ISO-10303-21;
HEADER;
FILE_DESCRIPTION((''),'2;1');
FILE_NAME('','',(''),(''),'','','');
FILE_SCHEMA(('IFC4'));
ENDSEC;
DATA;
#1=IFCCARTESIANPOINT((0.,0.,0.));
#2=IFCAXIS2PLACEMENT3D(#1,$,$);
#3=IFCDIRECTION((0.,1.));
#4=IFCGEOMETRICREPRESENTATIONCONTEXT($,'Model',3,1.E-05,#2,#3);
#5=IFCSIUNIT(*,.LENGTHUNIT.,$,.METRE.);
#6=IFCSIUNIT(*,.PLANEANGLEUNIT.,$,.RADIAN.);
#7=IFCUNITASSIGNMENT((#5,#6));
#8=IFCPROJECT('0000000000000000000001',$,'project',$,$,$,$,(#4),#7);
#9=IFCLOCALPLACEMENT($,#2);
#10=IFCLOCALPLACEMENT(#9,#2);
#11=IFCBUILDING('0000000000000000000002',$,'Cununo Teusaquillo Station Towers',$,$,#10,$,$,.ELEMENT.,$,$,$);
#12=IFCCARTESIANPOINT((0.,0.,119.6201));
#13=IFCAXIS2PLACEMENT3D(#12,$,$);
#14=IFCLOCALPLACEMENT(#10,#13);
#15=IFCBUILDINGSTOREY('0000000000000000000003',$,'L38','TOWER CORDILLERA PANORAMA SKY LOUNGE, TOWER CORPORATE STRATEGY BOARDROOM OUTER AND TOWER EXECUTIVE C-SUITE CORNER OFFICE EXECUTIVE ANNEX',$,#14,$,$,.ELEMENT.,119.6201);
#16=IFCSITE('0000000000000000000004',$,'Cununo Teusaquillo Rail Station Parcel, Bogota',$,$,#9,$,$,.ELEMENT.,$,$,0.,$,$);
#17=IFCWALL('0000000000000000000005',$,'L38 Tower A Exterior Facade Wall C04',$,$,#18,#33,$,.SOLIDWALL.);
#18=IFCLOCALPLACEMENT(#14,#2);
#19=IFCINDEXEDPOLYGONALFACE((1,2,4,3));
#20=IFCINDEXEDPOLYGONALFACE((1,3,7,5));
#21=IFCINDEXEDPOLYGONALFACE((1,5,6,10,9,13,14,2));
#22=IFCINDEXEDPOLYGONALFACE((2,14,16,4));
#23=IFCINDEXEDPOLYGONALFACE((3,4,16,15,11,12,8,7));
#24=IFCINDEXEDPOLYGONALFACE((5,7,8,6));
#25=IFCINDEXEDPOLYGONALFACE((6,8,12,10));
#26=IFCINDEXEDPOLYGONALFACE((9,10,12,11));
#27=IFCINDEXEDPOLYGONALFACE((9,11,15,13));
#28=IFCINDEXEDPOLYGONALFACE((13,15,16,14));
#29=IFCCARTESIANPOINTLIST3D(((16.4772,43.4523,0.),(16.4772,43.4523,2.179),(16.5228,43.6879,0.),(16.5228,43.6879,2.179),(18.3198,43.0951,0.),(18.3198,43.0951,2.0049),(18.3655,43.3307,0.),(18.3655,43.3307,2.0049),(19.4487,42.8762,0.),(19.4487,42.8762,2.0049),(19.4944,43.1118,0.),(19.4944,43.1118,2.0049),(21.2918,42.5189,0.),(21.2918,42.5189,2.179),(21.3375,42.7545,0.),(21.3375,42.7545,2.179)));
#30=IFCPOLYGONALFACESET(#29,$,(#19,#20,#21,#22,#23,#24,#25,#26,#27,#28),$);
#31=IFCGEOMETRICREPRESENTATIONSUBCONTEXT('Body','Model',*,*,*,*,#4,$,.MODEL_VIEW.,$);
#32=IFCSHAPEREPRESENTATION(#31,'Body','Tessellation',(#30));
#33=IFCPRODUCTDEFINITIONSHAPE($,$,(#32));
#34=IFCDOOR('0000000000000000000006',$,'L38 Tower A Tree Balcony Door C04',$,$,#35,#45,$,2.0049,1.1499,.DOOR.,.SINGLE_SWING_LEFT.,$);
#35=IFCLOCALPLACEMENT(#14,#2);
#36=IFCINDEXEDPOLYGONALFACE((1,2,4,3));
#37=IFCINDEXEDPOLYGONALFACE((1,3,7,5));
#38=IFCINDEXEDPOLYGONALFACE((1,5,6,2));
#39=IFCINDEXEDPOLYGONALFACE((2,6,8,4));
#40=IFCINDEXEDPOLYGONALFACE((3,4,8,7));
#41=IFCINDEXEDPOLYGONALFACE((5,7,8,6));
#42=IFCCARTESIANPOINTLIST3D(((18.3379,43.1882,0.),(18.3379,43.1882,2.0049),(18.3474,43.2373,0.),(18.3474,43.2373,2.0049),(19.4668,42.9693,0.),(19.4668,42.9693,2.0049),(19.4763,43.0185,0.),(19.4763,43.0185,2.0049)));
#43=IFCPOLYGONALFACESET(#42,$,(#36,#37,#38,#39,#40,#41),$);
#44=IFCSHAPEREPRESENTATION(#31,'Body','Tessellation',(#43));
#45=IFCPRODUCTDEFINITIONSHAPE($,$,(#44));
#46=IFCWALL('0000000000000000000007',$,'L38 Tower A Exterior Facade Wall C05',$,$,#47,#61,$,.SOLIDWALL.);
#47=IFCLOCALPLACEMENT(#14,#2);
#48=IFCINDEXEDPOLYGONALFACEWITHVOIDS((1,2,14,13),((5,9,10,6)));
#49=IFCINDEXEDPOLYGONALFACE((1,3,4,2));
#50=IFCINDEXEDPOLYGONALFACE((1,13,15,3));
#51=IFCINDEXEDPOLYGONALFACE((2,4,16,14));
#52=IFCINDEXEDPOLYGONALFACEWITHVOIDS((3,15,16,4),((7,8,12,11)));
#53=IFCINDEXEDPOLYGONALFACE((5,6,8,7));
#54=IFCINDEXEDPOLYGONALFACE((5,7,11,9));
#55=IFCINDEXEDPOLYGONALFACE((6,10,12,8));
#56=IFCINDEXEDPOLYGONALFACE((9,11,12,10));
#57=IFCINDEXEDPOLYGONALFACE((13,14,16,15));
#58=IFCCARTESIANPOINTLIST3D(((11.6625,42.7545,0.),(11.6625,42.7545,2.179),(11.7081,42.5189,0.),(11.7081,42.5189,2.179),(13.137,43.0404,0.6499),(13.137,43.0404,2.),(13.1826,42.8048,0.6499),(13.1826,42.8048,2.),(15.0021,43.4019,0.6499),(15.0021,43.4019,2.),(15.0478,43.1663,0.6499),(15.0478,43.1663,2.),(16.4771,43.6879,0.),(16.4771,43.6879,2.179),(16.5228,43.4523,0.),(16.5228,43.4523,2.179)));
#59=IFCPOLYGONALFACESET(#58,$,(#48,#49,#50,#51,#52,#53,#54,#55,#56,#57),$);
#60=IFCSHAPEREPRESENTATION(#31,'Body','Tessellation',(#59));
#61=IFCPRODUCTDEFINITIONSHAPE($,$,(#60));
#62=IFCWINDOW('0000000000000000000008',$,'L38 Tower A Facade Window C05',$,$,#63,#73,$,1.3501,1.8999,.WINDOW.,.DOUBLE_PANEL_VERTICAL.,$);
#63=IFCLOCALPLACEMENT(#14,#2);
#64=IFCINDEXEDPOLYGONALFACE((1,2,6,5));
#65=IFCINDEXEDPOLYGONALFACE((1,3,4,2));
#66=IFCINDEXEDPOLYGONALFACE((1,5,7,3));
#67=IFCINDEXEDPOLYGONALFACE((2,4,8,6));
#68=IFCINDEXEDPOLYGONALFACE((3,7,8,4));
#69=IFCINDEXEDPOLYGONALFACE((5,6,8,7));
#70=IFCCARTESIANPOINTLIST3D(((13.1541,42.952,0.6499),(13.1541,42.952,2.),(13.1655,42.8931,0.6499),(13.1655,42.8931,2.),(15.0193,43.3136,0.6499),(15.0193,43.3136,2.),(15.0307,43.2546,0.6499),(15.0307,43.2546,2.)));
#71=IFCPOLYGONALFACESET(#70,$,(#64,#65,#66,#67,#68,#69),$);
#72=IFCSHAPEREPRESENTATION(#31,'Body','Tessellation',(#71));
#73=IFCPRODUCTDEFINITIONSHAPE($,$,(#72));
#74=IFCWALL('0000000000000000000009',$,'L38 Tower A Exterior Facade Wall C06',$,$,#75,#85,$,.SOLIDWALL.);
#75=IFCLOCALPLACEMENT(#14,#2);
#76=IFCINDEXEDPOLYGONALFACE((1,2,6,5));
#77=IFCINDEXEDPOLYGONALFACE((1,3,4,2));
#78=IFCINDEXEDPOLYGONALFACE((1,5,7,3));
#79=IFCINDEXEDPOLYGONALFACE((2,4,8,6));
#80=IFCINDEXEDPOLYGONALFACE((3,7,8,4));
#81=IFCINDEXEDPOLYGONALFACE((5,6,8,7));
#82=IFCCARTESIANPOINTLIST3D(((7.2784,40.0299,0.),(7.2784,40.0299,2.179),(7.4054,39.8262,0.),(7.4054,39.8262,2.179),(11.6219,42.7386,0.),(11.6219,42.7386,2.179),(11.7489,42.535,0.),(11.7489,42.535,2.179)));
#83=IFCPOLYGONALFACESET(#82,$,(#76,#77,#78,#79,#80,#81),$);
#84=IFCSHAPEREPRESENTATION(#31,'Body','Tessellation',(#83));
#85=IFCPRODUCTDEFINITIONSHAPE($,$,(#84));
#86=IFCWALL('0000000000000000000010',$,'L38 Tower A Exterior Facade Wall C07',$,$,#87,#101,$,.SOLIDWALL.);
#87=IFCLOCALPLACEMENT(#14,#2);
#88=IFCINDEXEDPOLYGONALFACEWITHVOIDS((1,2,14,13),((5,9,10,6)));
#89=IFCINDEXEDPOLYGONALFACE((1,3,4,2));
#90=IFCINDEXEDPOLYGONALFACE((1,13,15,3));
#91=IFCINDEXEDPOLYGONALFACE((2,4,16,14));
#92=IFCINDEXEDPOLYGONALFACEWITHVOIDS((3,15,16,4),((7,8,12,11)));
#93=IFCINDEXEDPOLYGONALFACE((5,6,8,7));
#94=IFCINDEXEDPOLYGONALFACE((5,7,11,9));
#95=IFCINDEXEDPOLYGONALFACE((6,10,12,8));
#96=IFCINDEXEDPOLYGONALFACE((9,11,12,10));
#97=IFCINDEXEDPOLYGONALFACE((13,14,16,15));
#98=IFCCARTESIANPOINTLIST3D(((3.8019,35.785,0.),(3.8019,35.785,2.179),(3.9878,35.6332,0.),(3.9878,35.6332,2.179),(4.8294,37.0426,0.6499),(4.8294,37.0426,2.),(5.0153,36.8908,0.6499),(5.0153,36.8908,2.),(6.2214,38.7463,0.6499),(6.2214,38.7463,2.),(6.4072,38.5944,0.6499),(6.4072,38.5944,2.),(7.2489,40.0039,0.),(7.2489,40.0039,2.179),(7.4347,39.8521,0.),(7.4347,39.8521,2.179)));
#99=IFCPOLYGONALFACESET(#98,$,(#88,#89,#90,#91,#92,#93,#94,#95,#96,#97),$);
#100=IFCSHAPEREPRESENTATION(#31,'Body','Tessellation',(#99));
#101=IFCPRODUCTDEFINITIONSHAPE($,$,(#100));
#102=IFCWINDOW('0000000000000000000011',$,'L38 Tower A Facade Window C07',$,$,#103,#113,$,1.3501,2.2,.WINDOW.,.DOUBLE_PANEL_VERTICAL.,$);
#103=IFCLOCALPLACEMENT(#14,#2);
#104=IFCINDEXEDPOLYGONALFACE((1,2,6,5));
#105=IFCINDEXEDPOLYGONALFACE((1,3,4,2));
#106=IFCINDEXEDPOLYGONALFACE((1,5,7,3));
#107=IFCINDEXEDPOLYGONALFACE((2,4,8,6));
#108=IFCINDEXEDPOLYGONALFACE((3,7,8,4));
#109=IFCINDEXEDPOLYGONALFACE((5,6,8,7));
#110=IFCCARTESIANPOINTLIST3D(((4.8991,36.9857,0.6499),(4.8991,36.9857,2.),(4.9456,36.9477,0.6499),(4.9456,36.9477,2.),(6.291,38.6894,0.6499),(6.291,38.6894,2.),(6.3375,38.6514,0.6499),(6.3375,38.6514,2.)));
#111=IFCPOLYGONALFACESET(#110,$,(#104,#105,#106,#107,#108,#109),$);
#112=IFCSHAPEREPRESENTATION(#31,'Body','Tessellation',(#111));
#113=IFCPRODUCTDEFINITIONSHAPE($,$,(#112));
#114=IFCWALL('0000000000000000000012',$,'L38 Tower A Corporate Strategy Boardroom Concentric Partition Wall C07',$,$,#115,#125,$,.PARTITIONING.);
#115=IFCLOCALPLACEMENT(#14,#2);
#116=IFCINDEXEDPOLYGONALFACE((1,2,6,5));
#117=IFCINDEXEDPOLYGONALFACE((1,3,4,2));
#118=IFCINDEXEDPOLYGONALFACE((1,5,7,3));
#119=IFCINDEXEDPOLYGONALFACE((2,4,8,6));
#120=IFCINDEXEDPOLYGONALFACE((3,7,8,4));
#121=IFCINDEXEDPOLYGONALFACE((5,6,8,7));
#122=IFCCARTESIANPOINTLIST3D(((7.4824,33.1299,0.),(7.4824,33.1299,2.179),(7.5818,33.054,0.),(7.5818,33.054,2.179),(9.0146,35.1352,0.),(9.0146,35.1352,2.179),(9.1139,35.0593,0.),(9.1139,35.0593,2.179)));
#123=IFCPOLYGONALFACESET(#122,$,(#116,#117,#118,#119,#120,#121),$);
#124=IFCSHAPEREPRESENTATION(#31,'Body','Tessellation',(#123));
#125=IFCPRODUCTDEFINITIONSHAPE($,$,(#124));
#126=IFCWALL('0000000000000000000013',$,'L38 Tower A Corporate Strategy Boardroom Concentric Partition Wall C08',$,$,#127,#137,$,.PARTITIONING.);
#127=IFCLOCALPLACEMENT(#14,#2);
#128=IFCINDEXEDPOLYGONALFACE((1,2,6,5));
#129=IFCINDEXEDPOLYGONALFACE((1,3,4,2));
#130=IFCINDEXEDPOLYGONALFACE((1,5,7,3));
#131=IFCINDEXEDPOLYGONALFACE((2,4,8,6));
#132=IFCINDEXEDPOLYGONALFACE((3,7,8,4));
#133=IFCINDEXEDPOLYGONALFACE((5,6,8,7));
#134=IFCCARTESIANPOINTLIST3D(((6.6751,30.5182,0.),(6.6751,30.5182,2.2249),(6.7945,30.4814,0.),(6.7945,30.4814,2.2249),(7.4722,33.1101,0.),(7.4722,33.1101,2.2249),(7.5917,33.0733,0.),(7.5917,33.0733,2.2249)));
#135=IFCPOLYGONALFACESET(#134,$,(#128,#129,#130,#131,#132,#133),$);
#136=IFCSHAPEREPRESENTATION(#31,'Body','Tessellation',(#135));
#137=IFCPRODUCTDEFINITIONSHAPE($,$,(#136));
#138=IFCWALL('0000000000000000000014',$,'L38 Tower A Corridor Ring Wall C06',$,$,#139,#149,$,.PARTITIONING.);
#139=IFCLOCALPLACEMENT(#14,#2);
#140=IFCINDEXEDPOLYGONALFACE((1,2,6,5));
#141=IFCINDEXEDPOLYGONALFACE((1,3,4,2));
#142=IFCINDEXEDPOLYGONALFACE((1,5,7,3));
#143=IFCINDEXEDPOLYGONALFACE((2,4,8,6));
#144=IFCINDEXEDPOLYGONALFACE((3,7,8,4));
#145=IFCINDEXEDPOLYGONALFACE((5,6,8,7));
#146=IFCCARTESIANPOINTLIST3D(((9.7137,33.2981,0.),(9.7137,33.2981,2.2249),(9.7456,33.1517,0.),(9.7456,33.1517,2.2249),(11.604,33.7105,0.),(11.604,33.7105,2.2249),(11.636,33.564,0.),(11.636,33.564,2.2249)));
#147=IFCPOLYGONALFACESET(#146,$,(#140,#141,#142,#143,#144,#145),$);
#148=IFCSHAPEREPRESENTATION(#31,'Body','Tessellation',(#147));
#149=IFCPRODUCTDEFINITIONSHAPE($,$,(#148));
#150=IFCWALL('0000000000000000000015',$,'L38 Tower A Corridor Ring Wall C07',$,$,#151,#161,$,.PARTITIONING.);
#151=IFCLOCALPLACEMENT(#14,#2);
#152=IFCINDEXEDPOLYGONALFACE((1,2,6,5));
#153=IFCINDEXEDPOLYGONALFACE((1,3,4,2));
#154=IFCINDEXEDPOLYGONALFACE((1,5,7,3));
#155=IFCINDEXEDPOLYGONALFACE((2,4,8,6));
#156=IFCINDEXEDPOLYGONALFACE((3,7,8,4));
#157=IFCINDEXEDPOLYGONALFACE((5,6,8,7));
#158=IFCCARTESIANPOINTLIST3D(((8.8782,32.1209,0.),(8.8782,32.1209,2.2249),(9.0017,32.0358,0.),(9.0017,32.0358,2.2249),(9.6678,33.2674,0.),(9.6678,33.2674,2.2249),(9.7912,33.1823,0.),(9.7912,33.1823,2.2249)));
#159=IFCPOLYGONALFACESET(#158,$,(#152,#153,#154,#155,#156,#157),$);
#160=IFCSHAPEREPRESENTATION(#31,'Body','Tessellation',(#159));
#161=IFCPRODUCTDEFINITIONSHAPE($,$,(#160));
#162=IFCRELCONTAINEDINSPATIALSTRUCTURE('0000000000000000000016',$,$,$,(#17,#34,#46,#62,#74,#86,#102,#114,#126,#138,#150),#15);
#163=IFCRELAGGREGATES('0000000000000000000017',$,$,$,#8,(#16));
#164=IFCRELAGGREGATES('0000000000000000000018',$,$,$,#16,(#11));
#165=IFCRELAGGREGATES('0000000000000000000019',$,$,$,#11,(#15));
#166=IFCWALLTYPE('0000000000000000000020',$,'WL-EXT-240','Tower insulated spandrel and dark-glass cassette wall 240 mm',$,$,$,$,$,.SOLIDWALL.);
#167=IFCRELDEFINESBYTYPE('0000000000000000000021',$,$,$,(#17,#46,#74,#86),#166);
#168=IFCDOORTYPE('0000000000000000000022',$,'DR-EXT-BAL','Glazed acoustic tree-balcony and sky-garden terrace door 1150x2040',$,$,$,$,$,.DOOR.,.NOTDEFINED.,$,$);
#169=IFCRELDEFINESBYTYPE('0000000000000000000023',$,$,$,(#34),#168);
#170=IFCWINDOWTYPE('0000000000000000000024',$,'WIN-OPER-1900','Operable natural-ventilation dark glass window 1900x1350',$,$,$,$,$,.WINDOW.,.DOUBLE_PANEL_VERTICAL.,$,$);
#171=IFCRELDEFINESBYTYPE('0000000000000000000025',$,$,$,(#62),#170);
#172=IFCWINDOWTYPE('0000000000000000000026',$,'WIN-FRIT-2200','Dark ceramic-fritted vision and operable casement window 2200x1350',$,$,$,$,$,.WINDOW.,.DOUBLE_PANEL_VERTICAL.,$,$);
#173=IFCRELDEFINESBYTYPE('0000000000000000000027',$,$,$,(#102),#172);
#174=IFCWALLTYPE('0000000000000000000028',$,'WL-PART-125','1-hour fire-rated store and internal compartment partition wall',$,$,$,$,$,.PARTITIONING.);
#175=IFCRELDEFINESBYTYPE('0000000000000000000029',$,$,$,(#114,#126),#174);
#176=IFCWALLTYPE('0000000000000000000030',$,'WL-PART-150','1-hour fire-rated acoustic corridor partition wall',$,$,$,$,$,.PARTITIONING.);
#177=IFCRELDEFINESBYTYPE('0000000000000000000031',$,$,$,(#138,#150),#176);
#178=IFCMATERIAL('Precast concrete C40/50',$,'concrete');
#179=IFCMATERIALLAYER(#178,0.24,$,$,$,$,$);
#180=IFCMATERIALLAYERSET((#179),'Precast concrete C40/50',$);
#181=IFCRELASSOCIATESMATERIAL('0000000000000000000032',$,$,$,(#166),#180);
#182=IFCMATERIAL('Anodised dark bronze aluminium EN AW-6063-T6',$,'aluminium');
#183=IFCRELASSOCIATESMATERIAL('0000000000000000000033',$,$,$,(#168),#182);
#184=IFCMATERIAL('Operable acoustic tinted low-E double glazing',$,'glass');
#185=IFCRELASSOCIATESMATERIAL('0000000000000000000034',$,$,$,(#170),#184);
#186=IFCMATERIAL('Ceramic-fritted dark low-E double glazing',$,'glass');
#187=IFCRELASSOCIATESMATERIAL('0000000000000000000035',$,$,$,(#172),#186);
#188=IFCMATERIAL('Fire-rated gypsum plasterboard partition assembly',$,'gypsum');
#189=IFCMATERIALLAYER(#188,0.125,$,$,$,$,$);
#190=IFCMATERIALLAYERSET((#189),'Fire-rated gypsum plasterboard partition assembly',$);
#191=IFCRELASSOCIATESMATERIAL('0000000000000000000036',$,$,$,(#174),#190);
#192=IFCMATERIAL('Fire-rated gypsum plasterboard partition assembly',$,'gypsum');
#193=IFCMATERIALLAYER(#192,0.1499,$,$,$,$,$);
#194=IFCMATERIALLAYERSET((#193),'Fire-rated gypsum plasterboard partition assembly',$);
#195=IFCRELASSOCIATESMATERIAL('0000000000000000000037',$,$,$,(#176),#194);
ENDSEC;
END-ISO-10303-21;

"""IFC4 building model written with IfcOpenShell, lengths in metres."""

from ifc_helpers import new_model, si_unit, direction, frame, frame_2d, origin, place, context, subcontext, project, spatial, rectangle, extrude, source, transform, mapped, material, layer, layer_set, type_object, element, fill, save


model = new_model("IFC4")

# Units and contexts
model_context = context("Model", 3, precision=1e-05, world=origin(), true_north=direction((0.0, 1.0)))
body_context = subcontext(model_context, "Body", "Model", "MODEL_VIEW")
ifc_project = project(units=[si_unit("LENGTHUNIT", "METRE"), si_unit("PLANEANGLEUNIT", "RADIAN")], contexts=[model_context])

# Site, building, storey
site_placement = place(None, origin())
site = spatial("IfcSite", under=ifc_project, at=site_placement, Name="Cununo Teusaquillo Rail Station Parcel, Bogota", CompositionType="ELEMENT", RefElevation=0.0)
building_placement = place(site_placement, origin())
building = spatial("IfcBuilding", under=site, at=building_placement, Name="Cununo Teusaquillo Station Towers", CompositionType="ELEMENT")
storey_placement = place(building_placement, frame((0.0, 0.0, 119.6201)))
storey = spatial("IfcBuildingStorey", under=building, at=storey_placement, Name="L38", Description="TOWER CORDILLERA PANORAMA SKY LOUNGE, TOWER CORPORATE STRATEGY BOARDROOM OUTER AND TOWER EXECUTIVE C-SUITE CORNER OFFICE EXECUTIVE ANNEX", CompositionType="ELEMENT", Elevation=119.6201)

# Wall, opening, door
ifc_material_1 = material(Name="Precast concrete C40/50", Category="concrete")
ifc_layer_1 = layer(ifc_material_1, 0.24)
ifc_layer_set_1 = layer_set([ifc_layer_1], Name="Precast concrete C40/50")
wall_type_1 = type_object("IfcWallType", Name="WL-EXT-240", Description="Tower insulated spandrel and dark-glass cassette wall 240 mm", PredefinedType="SOLIDWALL", material=ifc_layer_set_1)
wall_1_placement = place(storey_placement, frame((16.5, 43.5701, 0.0), z_axis=(0.0, 0.0, 1.0), x_axis=(0.981724, -0.190311, 0.0)))
wall_1 = element("IfcWall", 1, at=wall_1_placement, inside=storey, type_object=wall_type_1, Name="L38 Tower A Exterior Facade Wall C04", PredefinedType="SOLIDWALL", context=body_context, shape_type="SweptSolid", body=[
    extrude(rectangle(XDim=4.9043, YDim=0.24, at=frame_2d((2.4521, 0.0))), origin(), (0.0, 0.0, 1.0), 2.179),
])
shared_shape_1 = source(origin(), body_context, "Body", "SweptSolid", [
    extrude(rectangle(XDim=1.1499, YDim=2.0049, at=frame_2d((0.575, 1.0024))), frame((0.0, 0.1299, 0.0), z_axis=(0.0, -1.0, 0.0), x_axis=(1.0, 0.0, 0.0)), (0.0, 0.0, 1.0), 0.26),
])
opening_1_placement = place(wall_1_placement, frame((1.877, 0.0, 0.0)))
opening_1 = element("IfcOpeningElement", 2, at=opening_1_placement, cuts=wall_1, PredefinedType="OPENING", context=body_context, shape_type="MappedRepresentation", body=[
    mapped(shared_shape_1, transform((0.0, 0.0, 0.0), x_axis=(1.0, 0.0, 0.0), y_axis=(0.0, 1.0, 0.0), z_axis=(0.0, 0.0, 1.0), scale=1.0)),
])
ifc_material_2 = material(Name="Anodised dark bronze aluminium EN AW-6063-T6", Category="aluminium")
door_type = type_object("IfcDoorType", Name="DR-EXT-BAL", Description="Glazed acoustic tree-balcony and sky-garden terrace door 1150x2040", OperationType="NOTDEFINED", PredefinedType="DOOR", material=ifc_material_2)
shared_shape_2 = source(origin(), body_context, "Body", "SweptSolid", [
    extrude(rectangle(XDim=1.1499, YDim=2.0049, at=frame_2d((0.575, 1.0024))), frame((0.0, 0.0249, 0.0), z_axis=(0.0, -1.0, 0.0), x_axis=(1.0, 0.0, 0.0)), (0.0, 0.0, 1.0), 0.05),
])
door_placement = place(opening_1_placement, origin())
door = element("IfcDoor", 3, at=door_placement, inside=storey, type_object=door_type, Name="L38 Tower A Tree Balcony Door C04", OperationType="SINGLE_SWING_LEFT", OverallHeight=2.0049, OverallWidth=1.1499, PredefinedType="DOOR", context=body_context, shape_type="MappedRepresentation", body=[
    mapped(shared_shape_2, transform((0.0, 0.0, 0.0), x_axis=(1.0, 0.0, 0.0), y_axis=(0.0, 1.0, 0.0), z_axis=(0.0, 0.0, 1.0), scale=1.0)),
])
fill(opening_1, door)

# Wall, opening, window
wall_2_placement = place(storey_placement, frame((11.6853, 42.6367, 0.0), z_axis=(0.0, 0.0, 1.0), x_axis=(0.981724, 0.190311, 0.0)))
wall_2 = element("IfcWall", 4, at=wall_2_placement, inside=storey, type_object=wall_type_1, Name="L38 Tower A Exterior Facade Wall C05", PredefinedType="SOLIDWALL", context=body_context, shape_type="SweptSolid", body=[
    extrude(rectangle(XDim=4.9043, YDim=0.24, at=frame_2d((2.4521, 0.0))), origin(), (0.0, 0.0, 1.0), 2.179),
])
shared_shape_3 = source(origin(), body_context, "Body", "SweptSolid", [
    extrude(rectangle(XDim=1.8999, YDim=1.3501, at=frame_2d((0.95, 0.675))), frame((0.0, 0.1299, 0.0), z_axis=(0.0, -1.0, 0.0), x_axis=(1.0, 0.0, 0.0)), (0.0, 0.0, 1.0), 0.26),
])
opening_2_placement = place(wall_2_placement, frame((1.502, 0.0, 0.6499)))
opening_2 = element("IfcOpeningElement", 5, at=opening_2_placement, cuts=wall_2, PredefinedType="OPENING", context=body_context, shape_type="MappedRepresentation", body=[
    mapped(shared_shape_3, transform((0.0, 0.0, 0.0), x_axis=(1.0, 0.0, 0.0), y_axis=(0.0, 1.0, 0.0), z_axis=(0.0, 0.0, 1.0), scale=1.0)),
])
ifc_material_3 = material(Name="Operable acoustic tinted low-E double glazing", Category="glass")
window_type_1 = type_object("IfcWindowType", Name="WIN-OPER-1900", Description="Operable natural-ventilation dark glass window 1900x1350", PartitioningType="DOUBLE_PANEL_VERTICAL", PredefinedType="WINDOW", material=ifc_material_3)
shared_shape_4 = source(origin(), body_context, "Body", "SweptSolid", [
    extrude(rectangle(XDim=1.8999, YDim=1.3501, at=frame_2d((0.95, 0.675))), frame((0.0, 0.03, 0.0), z_axis=(0.0, -1.0, 0.0), x_axis=(1.0, 0.0, 0.0)), (0.0, 0.0, 1.0), 0.0601),
])
window_1_placement = place(opening_2_placement, origin())
window_1 = element("IfcWindow", 6, at=window_1_placement, inside=storey, type_object=window_type_1, Name="L38 Tower A Facade Window C05", OverallHeight=1.3501, OverallWidth=1.8999, PartitioningType="DOUBLE_PANEL_VERTICAL", PredefinedType="WINDOW", context=body_context, shape_type="MappedRepresentation", body=[
    mapped(shared_shape_4, transform((0.0, 0.0, 0.0), x_axis=(1.0, 0.0, 0.0), y_axis=(0.0, 1.0, 0.0), z_axis=(0.0, 0.0, 1.0), scale=1.0)),
])
fill(opening_2, window_1)

# Wall
wall_3_placement = place(storey_placement, frame((7.3418, 39.928, 0.0), z_axis=(0.0, 0.0, 1.0), x_axis=(0.84852, 0.529163, 0.0)))
element("IfcWall", 7, at=wall_3_placement, inside=storey, type_object=wall_type_1, Name="L38 Tower A Exterior Facade Wall C06", PredefinedType="SOLIDWALL", context=body_context, shape_type="SweptSolid", body=[
    extrude(rectangle(XDim=5.1189, YDim=0.24, at=frame_2d((2.5596, 0.0))), origin(), (0.0, 0.0, 1.0), 2.179),
])

# Wall, opening, window
wall_4_placement = place(storey_placement, frame((3.8948, 35.709, 0.0), z_axis=(0.0, 0.0, 1.0), x_axis=(0.632701, 0.774396, 0.0)))
wall_4 = element("IfcWall", 8, at=wall_4_placement, inside=storey, type_object=wall_type_1, Name="L38 Tower A Exterior Facade Wall C07", PredefinedType="SOLIDWALL", context=body_context, shape_type="SweptSolid", body=[
    extrude(rectangle(XDim=5.448, YDim=0.24, at=frame_2d((2.7241, 0.0))), origin(), (0.0, 0.0, 1.0), 2.179),
])
shared_shape_5 = source(origin(), body_context, "Body", "SweptSolid", [
    extrude(rectangle(XDim=2.2, YDim=1.3501, at=frame_2d((1.1001, 0.675))), frame((0.0, 0.1299, 0.0), z_axis=(0.0, -1.0, 0.0), x_axis=(1.0, 0.0, 0.0)), (0.0, 0.0, 1.0), 0.26),
])
opening_3_placement = place(wall_4_placement, frame((1.624, 0.0, 0.6499)))
opening_3 = element("IfcOpeningElement", 9, at=opening_3_placement, cuts=wall_4, PredefinedType="OPENING", context=body_context, shape_type="MappedRepresentation", body=[
    mapped(shared_shape_5, transform((0.0, 0.0, 0.0), x_axis=(1.0, 0.0, 0.0), y_axis=(0.0, 1.0, 0.0), z_axis=(0.0, 0.0, 1.0), scale=1.0)),
])
ifc_material_4 = material(Name="Ceramic-fritted dark low-E double glazing", Category="glass")
window_type_2 = type_object("IfcWindowType", Name="WIN-FRIT-2200", Description="Dark ceramic-fritted vision and operable casement window 2200x1350", PartitioningType="DOUBLE_PANEL_VERTICAL", PredefinedType="WINDOW", material=ifc_material_4)
shared_shape_6 = source(origin(), body_context, "Body", "SweptSolid", [
    extrude(rectangle(XDim=2.2, YDim=1.3501, at=frame_2d((1.1001, 0.675))), frame((0.0, 0.03, 0.0), z_axis=(0.0, -1.0, 0.0), x_axis=(1.0, 0.0, 0.0)), (0.0, 0.0, 1.0), 0.0601),
])
window_2_placement = place(opening_3_placement, origin())
window_2 = element("IfcWindow", 10, at=window_2_placement, inside=storey, type_object=window_type_2, Name="L38 Tower A Facade Window C07", OverallHeight=1.3501, OverallWidth=2.2, PartitioningType="DOUBLE_PANEL_VERTICAL", PredefinedType="WINDOW", context=body_context, shape_type="MappedRepresentation", body=[
    mapped(shared_shape_6, transform((0.0, 0.0, 0.0), x_axis=(1.0, 0.0, 0.0), y_axis=(0.0, 1.0, 0.0), z_axis=(0.0, 0.0, 1.0), scale=1.0)),
])
fill(opening_3, window_2)

# Walls
ifc_material_5 = material(Name="Fire-rated gypsum plasterboard partition assembly", Category="gypsum")
ifc_layer_2 = layer(ifc_material_5, 0.125)
ifc_layer_set_2 = layer_set([ifc_layer_2], Name="Fire-rated gypsum plasterboard partition assembly")
wall_type_2 = type_object("IfcWallType", Name="WL-PART-125", Description="1-hour fire-rated store and internal compartment partition wall", PredefinedType="PARTITIONING", material=ifc_layer_set_2)
wall_5_placement = place(storey_placement, frame((9.0642, 35.0972, 0.0), z_axis=(0.0, 0.0, 1.0), x_axis=(-0.607127, -0.794605, 0.0)))
element("IfcWall", 11, at=wall_5_placement, inside=storey, type_object=wall_type_2, Name="L38 Tower A Corporate Strategy Boardroom Concentric Partition Wall C07", PredefinedType="PARTITIONING", context=body_context, shape_type="SweptSolid", body=[
    extrude(rectangle(XDim=2.5237, YDim=0.125, at=frame_2d((1.2617, 0.0))), origin(), (0.0, 0.0, 1.0), 2.179),
])
wall_6_placement = place(storey_placement, frame((7.532, 33.0918, 0.0), z_axis=(0.0, 0.0, 1.0), x_axis=(-0.293966, -0.955816, 0.0)))
element("IfcWall", 12, at=wall_6_placement, inside=storey, type_object=wall_type_2, Name="L38 Tower A Corporate Strategy Boardroom Concentric Partition Wall C08", PredefinedType="PARTITIONING", context=body_context, shape_type="SweptSolid", body=[
    extrude(rectangle(XDim=2.7117, YDim=0.125, at=frame_2d((1.356, 0.0))), origin(), (0.0, 0.0, 1.0), 2.2249),
])
ifc_material_6 = material(Name="Fire-rated gypsum plasterboard partition assembly", Category="gypsum")
ifc_layer_3 = layer(ifc_material_6, 0.1499)
ifc_layer_set_3 = layer_set([ifc_layer_3], Name="Fire-rated gypsum plasterboard partition assembly")
wall_type_3 = type_object("IfcWallType", Name="WL-PART-150", Description="1-hour fire-rated acoustic corridor partition wall", PredefinedType="PARTITIONING", material=ifc_layer_set_3)
wall_7_placement = place(storey_placement, frame((11.6199, 33.6372, 0.0), z_axis=(0.0, 0.0, 1.0), x_axis=(-0.977026, -0.213121, 0.0)))
element("IfcWall", 13, at=wall_7_placement, inside=storey, type_object=wall_type_3, Name="L38 Tower A Corridor Ring Wall C06", PredefinedType="PARTITIONING", context=body_context, shape_type="SweptSolid", body=[
    extrude(rectangle(XDim=1.9348, YDim=0.1499, at=frame_2d((0.9673, 0.0))), origin(), (0.0, 0.0, 1.0), 2.2249),
])
wall_8_placement = place(storey_placement, frame((9.7295, 33.2249, 0.0), z_axis=(0.0, 0.0, 1.0), x_axis=(-0.567184, -0.823591, 0.0)))
element("IfcWall", 14, at=wall_8_placement, inside=storey, type_object=wall_type_3, Name="L38 Tower A Corridor Ring Wall C07", PredefinedType="PARTITIONING", context=body_context, shape_type="SweptSolid", body=[
    extrude(rectangle(XDim=1.3921, YDim=0.1499, at=frame_2d((0.696, 0.0))), origin(), (0.0, 0.0, 1.0), 2.2249),
])

save(model, "model.ifc")
